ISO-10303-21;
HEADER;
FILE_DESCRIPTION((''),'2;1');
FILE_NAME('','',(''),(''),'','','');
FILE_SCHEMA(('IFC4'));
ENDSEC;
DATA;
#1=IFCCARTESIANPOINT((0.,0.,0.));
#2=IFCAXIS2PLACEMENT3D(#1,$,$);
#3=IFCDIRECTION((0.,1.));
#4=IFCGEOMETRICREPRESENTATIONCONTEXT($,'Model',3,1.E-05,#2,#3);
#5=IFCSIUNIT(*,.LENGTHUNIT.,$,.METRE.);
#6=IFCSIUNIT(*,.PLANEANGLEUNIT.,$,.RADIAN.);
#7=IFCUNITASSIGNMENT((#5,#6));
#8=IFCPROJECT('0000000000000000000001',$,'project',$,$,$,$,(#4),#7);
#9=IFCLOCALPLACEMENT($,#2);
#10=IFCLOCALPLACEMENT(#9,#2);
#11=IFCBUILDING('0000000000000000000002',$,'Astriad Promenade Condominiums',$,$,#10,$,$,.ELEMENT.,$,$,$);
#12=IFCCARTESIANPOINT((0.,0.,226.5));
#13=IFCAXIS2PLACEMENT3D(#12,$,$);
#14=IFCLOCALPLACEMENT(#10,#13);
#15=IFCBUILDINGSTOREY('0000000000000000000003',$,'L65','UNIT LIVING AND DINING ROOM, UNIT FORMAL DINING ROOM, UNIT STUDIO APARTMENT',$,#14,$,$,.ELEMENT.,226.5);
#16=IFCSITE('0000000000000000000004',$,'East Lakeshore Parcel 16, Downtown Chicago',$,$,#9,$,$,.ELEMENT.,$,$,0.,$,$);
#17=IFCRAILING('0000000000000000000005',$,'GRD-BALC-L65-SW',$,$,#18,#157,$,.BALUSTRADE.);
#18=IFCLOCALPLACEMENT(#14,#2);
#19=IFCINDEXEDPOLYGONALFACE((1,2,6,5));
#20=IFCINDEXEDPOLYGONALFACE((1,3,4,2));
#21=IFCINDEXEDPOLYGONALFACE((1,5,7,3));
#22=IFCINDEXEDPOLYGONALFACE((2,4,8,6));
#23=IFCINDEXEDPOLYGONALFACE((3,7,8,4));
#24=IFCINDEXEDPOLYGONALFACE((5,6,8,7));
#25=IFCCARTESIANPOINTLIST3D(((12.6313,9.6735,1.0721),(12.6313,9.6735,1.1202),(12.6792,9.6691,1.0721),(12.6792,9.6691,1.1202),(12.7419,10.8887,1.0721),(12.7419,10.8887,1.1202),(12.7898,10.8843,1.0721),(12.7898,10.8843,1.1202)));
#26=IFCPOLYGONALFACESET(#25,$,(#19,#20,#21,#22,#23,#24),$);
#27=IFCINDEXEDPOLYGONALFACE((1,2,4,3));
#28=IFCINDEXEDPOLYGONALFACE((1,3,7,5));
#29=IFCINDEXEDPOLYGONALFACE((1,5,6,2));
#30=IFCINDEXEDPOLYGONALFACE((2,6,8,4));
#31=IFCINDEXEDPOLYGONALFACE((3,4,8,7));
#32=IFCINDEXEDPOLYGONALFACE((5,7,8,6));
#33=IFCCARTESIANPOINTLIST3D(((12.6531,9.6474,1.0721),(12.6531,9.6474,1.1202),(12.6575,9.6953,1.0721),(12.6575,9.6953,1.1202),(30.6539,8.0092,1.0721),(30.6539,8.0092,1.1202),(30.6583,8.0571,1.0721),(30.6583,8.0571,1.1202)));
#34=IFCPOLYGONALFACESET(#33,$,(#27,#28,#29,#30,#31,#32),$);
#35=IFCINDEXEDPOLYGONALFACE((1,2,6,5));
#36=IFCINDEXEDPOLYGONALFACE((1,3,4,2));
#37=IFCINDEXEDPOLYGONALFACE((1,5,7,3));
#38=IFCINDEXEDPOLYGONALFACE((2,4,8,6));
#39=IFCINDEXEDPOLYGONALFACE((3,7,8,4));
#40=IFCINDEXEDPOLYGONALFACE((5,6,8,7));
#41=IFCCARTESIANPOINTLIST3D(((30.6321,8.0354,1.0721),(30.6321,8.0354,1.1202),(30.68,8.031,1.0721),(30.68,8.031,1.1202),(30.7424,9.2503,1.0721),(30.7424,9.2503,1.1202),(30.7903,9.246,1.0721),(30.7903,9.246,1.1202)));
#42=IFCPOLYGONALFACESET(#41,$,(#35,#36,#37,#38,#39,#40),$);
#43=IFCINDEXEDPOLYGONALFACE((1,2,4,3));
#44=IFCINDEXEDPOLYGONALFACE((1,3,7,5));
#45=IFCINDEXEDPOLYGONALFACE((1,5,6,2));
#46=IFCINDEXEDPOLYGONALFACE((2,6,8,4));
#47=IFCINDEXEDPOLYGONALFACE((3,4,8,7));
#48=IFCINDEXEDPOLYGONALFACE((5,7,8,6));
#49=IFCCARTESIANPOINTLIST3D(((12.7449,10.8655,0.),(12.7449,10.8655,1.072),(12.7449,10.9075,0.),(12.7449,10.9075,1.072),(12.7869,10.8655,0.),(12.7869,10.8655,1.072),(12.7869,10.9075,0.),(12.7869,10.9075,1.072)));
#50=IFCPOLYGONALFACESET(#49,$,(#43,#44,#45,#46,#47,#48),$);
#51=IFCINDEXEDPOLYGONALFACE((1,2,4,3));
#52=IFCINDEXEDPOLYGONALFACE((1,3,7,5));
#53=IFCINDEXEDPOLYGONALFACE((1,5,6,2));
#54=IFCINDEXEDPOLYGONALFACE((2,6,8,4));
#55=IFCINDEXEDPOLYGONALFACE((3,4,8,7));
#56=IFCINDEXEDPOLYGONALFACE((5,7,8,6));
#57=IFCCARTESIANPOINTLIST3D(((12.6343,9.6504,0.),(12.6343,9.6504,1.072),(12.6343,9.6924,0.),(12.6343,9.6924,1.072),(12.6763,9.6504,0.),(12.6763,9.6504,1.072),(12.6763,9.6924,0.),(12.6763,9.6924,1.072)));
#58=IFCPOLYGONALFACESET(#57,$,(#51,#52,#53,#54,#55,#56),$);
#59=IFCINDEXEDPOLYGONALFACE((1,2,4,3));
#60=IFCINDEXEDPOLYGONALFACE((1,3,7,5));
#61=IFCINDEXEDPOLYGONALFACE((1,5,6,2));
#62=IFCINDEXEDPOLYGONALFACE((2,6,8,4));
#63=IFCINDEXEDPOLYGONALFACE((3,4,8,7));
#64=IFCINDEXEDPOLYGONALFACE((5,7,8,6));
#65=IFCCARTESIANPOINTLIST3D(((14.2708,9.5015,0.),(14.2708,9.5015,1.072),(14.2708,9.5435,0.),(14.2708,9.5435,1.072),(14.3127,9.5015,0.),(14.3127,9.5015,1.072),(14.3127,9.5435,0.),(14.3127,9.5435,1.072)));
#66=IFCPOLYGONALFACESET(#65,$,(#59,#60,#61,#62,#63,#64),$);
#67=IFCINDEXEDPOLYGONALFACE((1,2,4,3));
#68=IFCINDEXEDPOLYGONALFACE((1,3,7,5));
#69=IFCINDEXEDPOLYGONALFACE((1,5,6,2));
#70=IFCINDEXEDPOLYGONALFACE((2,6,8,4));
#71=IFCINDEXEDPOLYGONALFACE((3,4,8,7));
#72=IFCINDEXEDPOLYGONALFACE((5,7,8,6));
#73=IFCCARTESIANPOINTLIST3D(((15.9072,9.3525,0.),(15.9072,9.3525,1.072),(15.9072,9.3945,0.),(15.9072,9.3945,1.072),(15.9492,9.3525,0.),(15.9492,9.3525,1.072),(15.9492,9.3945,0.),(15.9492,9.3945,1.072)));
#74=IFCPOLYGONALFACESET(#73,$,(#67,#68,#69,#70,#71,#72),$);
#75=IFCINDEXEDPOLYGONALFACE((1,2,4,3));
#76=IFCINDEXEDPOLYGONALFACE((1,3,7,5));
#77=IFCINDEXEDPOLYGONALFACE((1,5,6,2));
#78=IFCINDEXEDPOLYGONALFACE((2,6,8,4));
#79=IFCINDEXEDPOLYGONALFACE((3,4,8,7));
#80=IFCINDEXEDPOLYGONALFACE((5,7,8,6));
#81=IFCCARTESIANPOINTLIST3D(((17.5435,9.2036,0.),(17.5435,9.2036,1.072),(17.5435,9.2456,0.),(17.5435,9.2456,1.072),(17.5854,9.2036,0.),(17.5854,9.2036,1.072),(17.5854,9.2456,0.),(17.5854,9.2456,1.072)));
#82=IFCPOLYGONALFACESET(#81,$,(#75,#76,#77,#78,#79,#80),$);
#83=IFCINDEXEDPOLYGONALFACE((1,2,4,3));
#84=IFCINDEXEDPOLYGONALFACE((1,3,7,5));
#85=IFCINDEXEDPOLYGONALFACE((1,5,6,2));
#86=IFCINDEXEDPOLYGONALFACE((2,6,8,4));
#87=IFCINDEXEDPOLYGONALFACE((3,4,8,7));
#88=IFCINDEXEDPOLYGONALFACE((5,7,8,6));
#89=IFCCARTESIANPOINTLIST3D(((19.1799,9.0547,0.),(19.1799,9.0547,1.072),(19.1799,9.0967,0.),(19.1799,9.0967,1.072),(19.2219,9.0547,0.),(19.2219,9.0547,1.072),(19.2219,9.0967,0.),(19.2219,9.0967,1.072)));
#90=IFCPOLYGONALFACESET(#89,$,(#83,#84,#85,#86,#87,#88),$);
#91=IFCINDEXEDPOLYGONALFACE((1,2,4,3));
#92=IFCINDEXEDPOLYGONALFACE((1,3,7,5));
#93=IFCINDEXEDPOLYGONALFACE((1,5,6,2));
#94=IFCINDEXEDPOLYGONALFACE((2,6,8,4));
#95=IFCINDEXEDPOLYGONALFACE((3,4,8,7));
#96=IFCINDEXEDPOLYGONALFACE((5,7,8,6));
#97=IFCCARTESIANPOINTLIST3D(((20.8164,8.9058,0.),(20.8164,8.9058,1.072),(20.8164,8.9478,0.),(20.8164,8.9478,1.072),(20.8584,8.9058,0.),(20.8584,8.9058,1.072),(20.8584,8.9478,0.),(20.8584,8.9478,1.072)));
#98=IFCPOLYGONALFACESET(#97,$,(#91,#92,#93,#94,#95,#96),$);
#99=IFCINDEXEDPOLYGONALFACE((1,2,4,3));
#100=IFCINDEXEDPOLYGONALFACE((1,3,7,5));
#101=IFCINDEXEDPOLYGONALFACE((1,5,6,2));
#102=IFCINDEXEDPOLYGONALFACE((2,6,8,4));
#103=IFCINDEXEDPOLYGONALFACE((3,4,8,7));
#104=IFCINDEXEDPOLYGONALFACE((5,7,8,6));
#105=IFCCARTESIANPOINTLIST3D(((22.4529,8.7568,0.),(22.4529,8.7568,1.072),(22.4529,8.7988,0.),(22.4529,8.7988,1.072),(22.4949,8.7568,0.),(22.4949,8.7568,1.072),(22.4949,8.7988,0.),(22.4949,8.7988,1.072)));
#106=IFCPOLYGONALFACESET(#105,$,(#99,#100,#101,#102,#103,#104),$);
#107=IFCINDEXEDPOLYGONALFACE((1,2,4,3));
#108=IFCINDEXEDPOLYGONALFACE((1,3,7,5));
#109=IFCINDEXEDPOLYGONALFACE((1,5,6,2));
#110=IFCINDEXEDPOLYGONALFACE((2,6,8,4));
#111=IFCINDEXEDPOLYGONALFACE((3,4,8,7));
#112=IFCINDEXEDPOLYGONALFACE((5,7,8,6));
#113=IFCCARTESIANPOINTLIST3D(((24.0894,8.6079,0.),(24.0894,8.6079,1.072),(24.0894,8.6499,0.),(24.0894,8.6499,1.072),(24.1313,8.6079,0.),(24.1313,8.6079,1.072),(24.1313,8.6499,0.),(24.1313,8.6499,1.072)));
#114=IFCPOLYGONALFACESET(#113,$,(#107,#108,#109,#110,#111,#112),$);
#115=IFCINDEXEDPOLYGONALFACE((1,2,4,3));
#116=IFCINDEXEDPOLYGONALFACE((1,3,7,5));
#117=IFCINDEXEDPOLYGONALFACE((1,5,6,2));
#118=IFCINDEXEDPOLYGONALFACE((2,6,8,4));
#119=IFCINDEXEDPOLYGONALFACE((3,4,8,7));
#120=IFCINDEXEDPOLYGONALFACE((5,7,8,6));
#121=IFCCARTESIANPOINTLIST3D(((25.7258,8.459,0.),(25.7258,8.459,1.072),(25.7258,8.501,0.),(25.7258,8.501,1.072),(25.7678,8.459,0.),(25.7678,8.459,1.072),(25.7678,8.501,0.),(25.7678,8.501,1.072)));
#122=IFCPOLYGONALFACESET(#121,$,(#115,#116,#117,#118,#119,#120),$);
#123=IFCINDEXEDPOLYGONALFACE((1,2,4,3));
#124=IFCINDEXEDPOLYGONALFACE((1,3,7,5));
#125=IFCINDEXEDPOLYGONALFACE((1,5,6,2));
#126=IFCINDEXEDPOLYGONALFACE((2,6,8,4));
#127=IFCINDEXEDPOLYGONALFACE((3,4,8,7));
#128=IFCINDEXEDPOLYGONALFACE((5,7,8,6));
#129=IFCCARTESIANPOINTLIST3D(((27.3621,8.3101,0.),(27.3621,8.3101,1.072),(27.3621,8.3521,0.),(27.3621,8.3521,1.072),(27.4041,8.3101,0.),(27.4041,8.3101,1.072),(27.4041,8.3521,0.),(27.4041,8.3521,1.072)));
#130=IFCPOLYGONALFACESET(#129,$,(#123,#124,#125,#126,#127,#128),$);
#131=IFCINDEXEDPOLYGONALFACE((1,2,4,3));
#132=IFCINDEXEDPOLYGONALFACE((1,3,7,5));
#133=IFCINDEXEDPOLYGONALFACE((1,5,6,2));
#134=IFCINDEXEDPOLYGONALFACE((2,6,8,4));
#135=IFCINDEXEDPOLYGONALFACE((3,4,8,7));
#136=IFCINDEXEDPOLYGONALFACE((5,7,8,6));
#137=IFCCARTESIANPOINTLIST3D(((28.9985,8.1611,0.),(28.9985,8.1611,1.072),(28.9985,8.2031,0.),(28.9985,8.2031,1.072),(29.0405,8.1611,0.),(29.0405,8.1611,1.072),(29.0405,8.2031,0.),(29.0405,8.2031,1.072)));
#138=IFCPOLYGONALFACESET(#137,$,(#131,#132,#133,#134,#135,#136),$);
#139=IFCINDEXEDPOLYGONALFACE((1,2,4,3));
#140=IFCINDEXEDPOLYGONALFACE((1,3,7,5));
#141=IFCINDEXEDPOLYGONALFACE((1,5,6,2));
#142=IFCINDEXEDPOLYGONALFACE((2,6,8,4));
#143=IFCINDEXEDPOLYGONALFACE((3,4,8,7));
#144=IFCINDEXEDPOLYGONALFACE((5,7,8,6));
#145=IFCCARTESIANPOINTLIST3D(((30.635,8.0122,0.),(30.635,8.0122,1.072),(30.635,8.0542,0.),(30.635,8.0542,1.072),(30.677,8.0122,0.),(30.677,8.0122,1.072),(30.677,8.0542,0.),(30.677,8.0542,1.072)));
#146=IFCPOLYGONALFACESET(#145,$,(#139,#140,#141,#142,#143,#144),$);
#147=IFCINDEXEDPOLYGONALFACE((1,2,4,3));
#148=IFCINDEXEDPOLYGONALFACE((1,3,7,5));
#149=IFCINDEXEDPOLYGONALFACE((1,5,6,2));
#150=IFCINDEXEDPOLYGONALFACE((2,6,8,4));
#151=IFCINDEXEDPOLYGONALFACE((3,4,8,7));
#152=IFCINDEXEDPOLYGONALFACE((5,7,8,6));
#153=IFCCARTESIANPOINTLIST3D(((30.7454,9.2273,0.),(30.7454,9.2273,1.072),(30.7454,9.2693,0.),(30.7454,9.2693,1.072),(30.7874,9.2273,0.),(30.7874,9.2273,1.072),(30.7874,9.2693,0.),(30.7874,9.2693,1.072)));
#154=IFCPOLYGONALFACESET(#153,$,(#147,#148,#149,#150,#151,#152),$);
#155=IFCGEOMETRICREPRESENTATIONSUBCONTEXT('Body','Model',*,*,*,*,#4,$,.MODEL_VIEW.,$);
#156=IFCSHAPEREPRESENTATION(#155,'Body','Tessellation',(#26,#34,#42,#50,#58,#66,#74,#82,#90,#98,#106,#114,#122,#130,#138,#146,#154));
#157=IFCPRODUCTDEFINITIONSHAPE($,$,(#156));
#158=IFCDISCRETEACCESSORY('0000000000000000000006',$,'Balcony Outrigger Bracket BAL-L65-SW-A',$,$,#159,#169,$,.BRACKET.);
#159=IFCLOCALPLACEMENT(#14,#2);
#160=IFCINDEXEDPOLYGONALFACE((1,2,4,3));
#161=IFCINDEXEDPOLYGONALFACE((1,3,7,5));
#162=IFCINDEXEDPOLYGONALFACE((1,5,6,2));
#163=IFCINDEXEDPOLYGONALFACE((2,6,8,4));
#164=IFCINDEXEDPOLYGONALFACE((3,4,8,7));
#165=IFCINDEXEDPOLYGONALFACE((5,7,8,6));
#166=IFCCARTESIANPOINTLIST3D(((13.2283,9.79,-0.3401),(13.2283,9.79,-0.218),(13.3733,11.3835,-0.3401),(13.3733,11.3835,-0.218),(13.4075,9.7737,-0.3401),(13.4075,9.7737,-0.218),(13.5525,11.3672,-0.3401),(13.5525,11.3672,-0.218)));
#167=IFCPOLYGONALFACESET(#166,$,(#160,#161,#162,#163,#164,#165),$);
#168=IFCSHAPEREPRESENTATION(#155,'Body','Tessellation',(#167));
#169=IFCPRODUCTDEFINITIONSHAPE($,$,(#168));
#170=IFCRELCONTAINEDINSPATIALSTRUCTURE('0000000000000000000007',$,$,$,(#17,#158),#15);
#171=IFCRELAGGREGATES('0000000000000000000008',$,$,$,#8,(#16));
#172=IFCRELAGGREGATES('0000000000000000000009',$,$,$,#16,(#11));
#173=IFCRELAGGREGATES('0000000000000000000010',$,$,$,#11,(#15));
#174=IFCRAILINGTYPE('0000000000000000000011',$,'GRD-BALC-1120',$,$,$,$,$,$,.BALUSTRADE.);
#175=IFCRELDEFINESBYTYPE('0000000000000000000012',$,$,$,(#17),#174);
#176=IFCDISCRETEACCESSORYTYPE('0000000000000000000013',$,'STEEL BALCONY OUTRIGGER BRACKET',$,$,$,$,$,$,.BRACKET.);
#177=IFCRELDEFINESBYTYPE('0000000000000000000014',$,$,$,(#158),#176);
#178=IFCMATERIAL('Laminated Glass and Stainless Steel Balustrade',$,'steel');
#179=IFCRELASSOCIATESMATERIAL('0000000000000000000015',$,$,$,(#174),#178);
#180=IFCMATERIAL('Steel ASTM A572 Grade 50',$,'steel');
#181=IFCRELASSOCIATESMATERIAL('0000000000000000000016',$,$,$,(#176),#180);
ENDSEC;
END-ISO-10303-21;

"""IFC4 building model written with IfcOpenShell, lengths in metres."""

from ifc_helpers import new_model, si_unit, direction, frame, origin, origin_2d, place, context, subcontext, project, spatial, rectangle, extrude, source, transform, mapped, material, type_object, type_shapes, element, save


model = new_model("IFC4")

# Units and contexts
model_context = context("Model", 3, precision=1e-05, world=origin(), true_north=direction((0.0, 1.0)))
body_context = subcontext(model_context, "Body", "Model", "MODEL_VIEW")
ifc_project = project(units=[si_unit("LENGTHUNIT", "METRE"), si_unit("PLANEANGLEUNIT", "RADIAN")], contexts=[model_context])

# Site, building, storey
site_placement = place(None, origin())
site = spatial("IfcSite", under=ifc_project, at=site_placement, Name="East Lakeshore Parcel 16, Downtown Chicago", CompositionType="ELEMENT", RefElevation=0.0)
building_placement = place(site_placement, origin())
building = spatial("IfcBuilding", under=site, at=building_placement, Name="Astriad Promenade Condominiums", CompositionType="ELEMENT")
storey_placement = place(building_placement, frame((0.0, 0.0, 226.5)))
storey = spatial("IfcBuildingStorey", under=building, at=storey_placement, Name="L65", Description="UNIT LIVING AND DINING ROOM, UNIT FORMAL DINING ROOM, UNIT STUDIO APARTMENT", CompositionType="ELEMENT", Elevation=226.5)

# Railing
ifc_material_1 = material(Name="Laminated Glass and Stainless Steel Balustrade", Category="steel")
railing_type = type_object("IfcRailingType", Name="GRD-BALC-1120", PredefinedType="BALUSTRADE", material=ifc_material_1)
shared_shape_1 = source(origin(), body_context, "Body", "SweptSolid", [
    extrude(rectangle(XDim=0.0481, YDim=0.0481, at=origin_2d()), frame((0.0, 0.0, 1.0962), z_axis=(-0.090644, -0.995883, 0.0), x_axis=(0.995883, -0.090644, 0.0)), (0.0, 0.0, 1.0), 1.2202),
    extrude(rectangle(XDim=0.0481, YDim=0.0481, at=origin_2d()), frame((-0.1106, -1.2151, 1.0962), z_axis=(0.995884, -0.090632, 0.0), x_axis=(0.090632, 0.995884, 0.0)), (0.0, 0.0, 1.0), 18.0752),
    extrude(rectangle(XDim=0.0481, YDim=0.0481, at=origin_2d()), frame((17.8901, -2.8533, 1.0962), z_axis=(0.090446, 0.995901, 0.0), x_axis=(-0.995901, 0.090446, 0.0)), (0.0, 0.0, 1.0), 1.22),
    extrude(rectangle(XDim=0.042, YDim=0.042, at=origin_2d()), origin(), (0.0, 0.0, 1.0), 1.072),
    extrude(rectangle(XDim=0.042, YDim=0.042, at=origin_2d()), frame((-0.1106, -1.2151, 0.0)), (0.0, 0.0, 1.0), 1.072),
    extrude(rectangle(XDim=0.042, YDim=0.042, at=origin_2d()), frame((1.5259, -1.364, 0.0)), (0.0, 0.0, 1.0), 1.072),
    extrude(rectangle(XDim=0.042, YDim=0.042, at=origin_2d()), frame((3.1624, -1.5129, 0.0)), (0.0, 0.0, 1.0), 1.072),
    extrude(rectangle(XDim=0.042, YDim=0.042, at=origin_2d()), frame((4.7986, -1.6619, 0.0)), (0.0, 0.0, 1.0), 1.072),
    extrude(rectangle(XDim=0.042, YDim=0.042, at=origin_2d()), frame((6.4351, -1.8108, 0.0)), (0.0, 0.0, 1.0), 1.072),
    extrude(rectangle(XDim=0.042, YDim=0.042, at=origin_2d()), frame((8.0715, -1.9597, 0.0)), (0.0, 0.0, 1.0), 1.072),
    extrude(rectangle(XDim=0.042, YDim=0.042, at=origin_2d()), frame((9.708, -2.1086, 0.0)), (0.0, 0.0, 1.0), 1.072),
    extrude(rectangle(XDim=0.042, YDim=0.042, at=origin_2d()), frame((11.3445, -2.2576, 0.0)), (0.0, 0.0, 1.0), 1.072),
    extrude(rectangle(XDim=0.042, YDim=0.042, at=origin_2d()), frame((12.981, -2.4065, 0.0)), (0.0, 0.0, 1.0), 1.072),
    extrude(rectangle(XDim=0.042, YDim=0.042, at=origin_2d()), frame((14.6172, -2.5554, 0.0)), (0.0, 0.0, 1.0), 1.072),
    extrude(rectangle(XDim=0.042, YDim=0.042, at=origin_2d()), frame((16.2537, -2.7043, 0.0)), (0.0, 0.0, 1.0), 1.072),
    extrude(rectangle(XDim=0.042, YDim=0.042, at=origin_2d()), frame((17.8901, -2.8533, 0.0)), (0.0, 0.0, 1.0), 1.072),
    extrude(rectangle(XDim=0.042, YDim=0.042, at=origin_2d()), frame((18.0005, -1.6382, 0.0)), (0.0, 0.0, 1.0), 1.072),
])
type_shapes(railing_type, [shared_shape_1])
railing_placement = place(storey_placement, frame((12.7659, 10.8865, 0.0)))
element("IfcRailing", 1, at=railing_placement, inside=storey, type_object=railing_type, Name="GRD-BALC-L65-SW", PredefinedType="BALUSTRADE", context=body_context, shape_type="MappedRepresentation", body=[
    mapped(shared_shape_1, transform((0.0, 0.0, 0.0), scale=1.0)),
])

# Discrete accessory
ifc_material_2 = material(Name="Steel ASTM A572 Grade 50", Category="steel")
discrete_accessory_type = type_object("IfcDiscreteAccessoryType", Name="STEEL BALCONY OUTRIGGER BRACKET", PredefinedType="BRACKET", material=ifc_material_2)
shared_shape_2 = source(origin(), body_context, "Body", "SweptSolid", [
    extrude(rectangle(XDim=1.6001, YDim=0.1799, at=origin_2d()), origin(), (0.0, 0.0, 1.0), 0.1221),
])
type_shapes(discrete_accessory_type, [shared_shape_2])
discrete_accessory_placement = place(storey_placement, frame((13.3904, 10.5786, -0.3401), z_axis=(0.0, 0.0, 1.0), x_axis=(-0.090633, -0.995884, 0.0)))
element("IfcDiscreteAccessory", 2, at=discrete_accessory_placement, inside=storey, type_object=discrete_accessory_type, Name="Balcony Outrigger Bracket BAL-L65-SW-A", PredefinedType="BRACKET", context=body_context, shape_type="MappedRepresentation", body=[
    mapped(shared_shape_2, transform((0.0, 0.0, 0.0), scale=1.0)),
])

save(model, "model.ifc")
